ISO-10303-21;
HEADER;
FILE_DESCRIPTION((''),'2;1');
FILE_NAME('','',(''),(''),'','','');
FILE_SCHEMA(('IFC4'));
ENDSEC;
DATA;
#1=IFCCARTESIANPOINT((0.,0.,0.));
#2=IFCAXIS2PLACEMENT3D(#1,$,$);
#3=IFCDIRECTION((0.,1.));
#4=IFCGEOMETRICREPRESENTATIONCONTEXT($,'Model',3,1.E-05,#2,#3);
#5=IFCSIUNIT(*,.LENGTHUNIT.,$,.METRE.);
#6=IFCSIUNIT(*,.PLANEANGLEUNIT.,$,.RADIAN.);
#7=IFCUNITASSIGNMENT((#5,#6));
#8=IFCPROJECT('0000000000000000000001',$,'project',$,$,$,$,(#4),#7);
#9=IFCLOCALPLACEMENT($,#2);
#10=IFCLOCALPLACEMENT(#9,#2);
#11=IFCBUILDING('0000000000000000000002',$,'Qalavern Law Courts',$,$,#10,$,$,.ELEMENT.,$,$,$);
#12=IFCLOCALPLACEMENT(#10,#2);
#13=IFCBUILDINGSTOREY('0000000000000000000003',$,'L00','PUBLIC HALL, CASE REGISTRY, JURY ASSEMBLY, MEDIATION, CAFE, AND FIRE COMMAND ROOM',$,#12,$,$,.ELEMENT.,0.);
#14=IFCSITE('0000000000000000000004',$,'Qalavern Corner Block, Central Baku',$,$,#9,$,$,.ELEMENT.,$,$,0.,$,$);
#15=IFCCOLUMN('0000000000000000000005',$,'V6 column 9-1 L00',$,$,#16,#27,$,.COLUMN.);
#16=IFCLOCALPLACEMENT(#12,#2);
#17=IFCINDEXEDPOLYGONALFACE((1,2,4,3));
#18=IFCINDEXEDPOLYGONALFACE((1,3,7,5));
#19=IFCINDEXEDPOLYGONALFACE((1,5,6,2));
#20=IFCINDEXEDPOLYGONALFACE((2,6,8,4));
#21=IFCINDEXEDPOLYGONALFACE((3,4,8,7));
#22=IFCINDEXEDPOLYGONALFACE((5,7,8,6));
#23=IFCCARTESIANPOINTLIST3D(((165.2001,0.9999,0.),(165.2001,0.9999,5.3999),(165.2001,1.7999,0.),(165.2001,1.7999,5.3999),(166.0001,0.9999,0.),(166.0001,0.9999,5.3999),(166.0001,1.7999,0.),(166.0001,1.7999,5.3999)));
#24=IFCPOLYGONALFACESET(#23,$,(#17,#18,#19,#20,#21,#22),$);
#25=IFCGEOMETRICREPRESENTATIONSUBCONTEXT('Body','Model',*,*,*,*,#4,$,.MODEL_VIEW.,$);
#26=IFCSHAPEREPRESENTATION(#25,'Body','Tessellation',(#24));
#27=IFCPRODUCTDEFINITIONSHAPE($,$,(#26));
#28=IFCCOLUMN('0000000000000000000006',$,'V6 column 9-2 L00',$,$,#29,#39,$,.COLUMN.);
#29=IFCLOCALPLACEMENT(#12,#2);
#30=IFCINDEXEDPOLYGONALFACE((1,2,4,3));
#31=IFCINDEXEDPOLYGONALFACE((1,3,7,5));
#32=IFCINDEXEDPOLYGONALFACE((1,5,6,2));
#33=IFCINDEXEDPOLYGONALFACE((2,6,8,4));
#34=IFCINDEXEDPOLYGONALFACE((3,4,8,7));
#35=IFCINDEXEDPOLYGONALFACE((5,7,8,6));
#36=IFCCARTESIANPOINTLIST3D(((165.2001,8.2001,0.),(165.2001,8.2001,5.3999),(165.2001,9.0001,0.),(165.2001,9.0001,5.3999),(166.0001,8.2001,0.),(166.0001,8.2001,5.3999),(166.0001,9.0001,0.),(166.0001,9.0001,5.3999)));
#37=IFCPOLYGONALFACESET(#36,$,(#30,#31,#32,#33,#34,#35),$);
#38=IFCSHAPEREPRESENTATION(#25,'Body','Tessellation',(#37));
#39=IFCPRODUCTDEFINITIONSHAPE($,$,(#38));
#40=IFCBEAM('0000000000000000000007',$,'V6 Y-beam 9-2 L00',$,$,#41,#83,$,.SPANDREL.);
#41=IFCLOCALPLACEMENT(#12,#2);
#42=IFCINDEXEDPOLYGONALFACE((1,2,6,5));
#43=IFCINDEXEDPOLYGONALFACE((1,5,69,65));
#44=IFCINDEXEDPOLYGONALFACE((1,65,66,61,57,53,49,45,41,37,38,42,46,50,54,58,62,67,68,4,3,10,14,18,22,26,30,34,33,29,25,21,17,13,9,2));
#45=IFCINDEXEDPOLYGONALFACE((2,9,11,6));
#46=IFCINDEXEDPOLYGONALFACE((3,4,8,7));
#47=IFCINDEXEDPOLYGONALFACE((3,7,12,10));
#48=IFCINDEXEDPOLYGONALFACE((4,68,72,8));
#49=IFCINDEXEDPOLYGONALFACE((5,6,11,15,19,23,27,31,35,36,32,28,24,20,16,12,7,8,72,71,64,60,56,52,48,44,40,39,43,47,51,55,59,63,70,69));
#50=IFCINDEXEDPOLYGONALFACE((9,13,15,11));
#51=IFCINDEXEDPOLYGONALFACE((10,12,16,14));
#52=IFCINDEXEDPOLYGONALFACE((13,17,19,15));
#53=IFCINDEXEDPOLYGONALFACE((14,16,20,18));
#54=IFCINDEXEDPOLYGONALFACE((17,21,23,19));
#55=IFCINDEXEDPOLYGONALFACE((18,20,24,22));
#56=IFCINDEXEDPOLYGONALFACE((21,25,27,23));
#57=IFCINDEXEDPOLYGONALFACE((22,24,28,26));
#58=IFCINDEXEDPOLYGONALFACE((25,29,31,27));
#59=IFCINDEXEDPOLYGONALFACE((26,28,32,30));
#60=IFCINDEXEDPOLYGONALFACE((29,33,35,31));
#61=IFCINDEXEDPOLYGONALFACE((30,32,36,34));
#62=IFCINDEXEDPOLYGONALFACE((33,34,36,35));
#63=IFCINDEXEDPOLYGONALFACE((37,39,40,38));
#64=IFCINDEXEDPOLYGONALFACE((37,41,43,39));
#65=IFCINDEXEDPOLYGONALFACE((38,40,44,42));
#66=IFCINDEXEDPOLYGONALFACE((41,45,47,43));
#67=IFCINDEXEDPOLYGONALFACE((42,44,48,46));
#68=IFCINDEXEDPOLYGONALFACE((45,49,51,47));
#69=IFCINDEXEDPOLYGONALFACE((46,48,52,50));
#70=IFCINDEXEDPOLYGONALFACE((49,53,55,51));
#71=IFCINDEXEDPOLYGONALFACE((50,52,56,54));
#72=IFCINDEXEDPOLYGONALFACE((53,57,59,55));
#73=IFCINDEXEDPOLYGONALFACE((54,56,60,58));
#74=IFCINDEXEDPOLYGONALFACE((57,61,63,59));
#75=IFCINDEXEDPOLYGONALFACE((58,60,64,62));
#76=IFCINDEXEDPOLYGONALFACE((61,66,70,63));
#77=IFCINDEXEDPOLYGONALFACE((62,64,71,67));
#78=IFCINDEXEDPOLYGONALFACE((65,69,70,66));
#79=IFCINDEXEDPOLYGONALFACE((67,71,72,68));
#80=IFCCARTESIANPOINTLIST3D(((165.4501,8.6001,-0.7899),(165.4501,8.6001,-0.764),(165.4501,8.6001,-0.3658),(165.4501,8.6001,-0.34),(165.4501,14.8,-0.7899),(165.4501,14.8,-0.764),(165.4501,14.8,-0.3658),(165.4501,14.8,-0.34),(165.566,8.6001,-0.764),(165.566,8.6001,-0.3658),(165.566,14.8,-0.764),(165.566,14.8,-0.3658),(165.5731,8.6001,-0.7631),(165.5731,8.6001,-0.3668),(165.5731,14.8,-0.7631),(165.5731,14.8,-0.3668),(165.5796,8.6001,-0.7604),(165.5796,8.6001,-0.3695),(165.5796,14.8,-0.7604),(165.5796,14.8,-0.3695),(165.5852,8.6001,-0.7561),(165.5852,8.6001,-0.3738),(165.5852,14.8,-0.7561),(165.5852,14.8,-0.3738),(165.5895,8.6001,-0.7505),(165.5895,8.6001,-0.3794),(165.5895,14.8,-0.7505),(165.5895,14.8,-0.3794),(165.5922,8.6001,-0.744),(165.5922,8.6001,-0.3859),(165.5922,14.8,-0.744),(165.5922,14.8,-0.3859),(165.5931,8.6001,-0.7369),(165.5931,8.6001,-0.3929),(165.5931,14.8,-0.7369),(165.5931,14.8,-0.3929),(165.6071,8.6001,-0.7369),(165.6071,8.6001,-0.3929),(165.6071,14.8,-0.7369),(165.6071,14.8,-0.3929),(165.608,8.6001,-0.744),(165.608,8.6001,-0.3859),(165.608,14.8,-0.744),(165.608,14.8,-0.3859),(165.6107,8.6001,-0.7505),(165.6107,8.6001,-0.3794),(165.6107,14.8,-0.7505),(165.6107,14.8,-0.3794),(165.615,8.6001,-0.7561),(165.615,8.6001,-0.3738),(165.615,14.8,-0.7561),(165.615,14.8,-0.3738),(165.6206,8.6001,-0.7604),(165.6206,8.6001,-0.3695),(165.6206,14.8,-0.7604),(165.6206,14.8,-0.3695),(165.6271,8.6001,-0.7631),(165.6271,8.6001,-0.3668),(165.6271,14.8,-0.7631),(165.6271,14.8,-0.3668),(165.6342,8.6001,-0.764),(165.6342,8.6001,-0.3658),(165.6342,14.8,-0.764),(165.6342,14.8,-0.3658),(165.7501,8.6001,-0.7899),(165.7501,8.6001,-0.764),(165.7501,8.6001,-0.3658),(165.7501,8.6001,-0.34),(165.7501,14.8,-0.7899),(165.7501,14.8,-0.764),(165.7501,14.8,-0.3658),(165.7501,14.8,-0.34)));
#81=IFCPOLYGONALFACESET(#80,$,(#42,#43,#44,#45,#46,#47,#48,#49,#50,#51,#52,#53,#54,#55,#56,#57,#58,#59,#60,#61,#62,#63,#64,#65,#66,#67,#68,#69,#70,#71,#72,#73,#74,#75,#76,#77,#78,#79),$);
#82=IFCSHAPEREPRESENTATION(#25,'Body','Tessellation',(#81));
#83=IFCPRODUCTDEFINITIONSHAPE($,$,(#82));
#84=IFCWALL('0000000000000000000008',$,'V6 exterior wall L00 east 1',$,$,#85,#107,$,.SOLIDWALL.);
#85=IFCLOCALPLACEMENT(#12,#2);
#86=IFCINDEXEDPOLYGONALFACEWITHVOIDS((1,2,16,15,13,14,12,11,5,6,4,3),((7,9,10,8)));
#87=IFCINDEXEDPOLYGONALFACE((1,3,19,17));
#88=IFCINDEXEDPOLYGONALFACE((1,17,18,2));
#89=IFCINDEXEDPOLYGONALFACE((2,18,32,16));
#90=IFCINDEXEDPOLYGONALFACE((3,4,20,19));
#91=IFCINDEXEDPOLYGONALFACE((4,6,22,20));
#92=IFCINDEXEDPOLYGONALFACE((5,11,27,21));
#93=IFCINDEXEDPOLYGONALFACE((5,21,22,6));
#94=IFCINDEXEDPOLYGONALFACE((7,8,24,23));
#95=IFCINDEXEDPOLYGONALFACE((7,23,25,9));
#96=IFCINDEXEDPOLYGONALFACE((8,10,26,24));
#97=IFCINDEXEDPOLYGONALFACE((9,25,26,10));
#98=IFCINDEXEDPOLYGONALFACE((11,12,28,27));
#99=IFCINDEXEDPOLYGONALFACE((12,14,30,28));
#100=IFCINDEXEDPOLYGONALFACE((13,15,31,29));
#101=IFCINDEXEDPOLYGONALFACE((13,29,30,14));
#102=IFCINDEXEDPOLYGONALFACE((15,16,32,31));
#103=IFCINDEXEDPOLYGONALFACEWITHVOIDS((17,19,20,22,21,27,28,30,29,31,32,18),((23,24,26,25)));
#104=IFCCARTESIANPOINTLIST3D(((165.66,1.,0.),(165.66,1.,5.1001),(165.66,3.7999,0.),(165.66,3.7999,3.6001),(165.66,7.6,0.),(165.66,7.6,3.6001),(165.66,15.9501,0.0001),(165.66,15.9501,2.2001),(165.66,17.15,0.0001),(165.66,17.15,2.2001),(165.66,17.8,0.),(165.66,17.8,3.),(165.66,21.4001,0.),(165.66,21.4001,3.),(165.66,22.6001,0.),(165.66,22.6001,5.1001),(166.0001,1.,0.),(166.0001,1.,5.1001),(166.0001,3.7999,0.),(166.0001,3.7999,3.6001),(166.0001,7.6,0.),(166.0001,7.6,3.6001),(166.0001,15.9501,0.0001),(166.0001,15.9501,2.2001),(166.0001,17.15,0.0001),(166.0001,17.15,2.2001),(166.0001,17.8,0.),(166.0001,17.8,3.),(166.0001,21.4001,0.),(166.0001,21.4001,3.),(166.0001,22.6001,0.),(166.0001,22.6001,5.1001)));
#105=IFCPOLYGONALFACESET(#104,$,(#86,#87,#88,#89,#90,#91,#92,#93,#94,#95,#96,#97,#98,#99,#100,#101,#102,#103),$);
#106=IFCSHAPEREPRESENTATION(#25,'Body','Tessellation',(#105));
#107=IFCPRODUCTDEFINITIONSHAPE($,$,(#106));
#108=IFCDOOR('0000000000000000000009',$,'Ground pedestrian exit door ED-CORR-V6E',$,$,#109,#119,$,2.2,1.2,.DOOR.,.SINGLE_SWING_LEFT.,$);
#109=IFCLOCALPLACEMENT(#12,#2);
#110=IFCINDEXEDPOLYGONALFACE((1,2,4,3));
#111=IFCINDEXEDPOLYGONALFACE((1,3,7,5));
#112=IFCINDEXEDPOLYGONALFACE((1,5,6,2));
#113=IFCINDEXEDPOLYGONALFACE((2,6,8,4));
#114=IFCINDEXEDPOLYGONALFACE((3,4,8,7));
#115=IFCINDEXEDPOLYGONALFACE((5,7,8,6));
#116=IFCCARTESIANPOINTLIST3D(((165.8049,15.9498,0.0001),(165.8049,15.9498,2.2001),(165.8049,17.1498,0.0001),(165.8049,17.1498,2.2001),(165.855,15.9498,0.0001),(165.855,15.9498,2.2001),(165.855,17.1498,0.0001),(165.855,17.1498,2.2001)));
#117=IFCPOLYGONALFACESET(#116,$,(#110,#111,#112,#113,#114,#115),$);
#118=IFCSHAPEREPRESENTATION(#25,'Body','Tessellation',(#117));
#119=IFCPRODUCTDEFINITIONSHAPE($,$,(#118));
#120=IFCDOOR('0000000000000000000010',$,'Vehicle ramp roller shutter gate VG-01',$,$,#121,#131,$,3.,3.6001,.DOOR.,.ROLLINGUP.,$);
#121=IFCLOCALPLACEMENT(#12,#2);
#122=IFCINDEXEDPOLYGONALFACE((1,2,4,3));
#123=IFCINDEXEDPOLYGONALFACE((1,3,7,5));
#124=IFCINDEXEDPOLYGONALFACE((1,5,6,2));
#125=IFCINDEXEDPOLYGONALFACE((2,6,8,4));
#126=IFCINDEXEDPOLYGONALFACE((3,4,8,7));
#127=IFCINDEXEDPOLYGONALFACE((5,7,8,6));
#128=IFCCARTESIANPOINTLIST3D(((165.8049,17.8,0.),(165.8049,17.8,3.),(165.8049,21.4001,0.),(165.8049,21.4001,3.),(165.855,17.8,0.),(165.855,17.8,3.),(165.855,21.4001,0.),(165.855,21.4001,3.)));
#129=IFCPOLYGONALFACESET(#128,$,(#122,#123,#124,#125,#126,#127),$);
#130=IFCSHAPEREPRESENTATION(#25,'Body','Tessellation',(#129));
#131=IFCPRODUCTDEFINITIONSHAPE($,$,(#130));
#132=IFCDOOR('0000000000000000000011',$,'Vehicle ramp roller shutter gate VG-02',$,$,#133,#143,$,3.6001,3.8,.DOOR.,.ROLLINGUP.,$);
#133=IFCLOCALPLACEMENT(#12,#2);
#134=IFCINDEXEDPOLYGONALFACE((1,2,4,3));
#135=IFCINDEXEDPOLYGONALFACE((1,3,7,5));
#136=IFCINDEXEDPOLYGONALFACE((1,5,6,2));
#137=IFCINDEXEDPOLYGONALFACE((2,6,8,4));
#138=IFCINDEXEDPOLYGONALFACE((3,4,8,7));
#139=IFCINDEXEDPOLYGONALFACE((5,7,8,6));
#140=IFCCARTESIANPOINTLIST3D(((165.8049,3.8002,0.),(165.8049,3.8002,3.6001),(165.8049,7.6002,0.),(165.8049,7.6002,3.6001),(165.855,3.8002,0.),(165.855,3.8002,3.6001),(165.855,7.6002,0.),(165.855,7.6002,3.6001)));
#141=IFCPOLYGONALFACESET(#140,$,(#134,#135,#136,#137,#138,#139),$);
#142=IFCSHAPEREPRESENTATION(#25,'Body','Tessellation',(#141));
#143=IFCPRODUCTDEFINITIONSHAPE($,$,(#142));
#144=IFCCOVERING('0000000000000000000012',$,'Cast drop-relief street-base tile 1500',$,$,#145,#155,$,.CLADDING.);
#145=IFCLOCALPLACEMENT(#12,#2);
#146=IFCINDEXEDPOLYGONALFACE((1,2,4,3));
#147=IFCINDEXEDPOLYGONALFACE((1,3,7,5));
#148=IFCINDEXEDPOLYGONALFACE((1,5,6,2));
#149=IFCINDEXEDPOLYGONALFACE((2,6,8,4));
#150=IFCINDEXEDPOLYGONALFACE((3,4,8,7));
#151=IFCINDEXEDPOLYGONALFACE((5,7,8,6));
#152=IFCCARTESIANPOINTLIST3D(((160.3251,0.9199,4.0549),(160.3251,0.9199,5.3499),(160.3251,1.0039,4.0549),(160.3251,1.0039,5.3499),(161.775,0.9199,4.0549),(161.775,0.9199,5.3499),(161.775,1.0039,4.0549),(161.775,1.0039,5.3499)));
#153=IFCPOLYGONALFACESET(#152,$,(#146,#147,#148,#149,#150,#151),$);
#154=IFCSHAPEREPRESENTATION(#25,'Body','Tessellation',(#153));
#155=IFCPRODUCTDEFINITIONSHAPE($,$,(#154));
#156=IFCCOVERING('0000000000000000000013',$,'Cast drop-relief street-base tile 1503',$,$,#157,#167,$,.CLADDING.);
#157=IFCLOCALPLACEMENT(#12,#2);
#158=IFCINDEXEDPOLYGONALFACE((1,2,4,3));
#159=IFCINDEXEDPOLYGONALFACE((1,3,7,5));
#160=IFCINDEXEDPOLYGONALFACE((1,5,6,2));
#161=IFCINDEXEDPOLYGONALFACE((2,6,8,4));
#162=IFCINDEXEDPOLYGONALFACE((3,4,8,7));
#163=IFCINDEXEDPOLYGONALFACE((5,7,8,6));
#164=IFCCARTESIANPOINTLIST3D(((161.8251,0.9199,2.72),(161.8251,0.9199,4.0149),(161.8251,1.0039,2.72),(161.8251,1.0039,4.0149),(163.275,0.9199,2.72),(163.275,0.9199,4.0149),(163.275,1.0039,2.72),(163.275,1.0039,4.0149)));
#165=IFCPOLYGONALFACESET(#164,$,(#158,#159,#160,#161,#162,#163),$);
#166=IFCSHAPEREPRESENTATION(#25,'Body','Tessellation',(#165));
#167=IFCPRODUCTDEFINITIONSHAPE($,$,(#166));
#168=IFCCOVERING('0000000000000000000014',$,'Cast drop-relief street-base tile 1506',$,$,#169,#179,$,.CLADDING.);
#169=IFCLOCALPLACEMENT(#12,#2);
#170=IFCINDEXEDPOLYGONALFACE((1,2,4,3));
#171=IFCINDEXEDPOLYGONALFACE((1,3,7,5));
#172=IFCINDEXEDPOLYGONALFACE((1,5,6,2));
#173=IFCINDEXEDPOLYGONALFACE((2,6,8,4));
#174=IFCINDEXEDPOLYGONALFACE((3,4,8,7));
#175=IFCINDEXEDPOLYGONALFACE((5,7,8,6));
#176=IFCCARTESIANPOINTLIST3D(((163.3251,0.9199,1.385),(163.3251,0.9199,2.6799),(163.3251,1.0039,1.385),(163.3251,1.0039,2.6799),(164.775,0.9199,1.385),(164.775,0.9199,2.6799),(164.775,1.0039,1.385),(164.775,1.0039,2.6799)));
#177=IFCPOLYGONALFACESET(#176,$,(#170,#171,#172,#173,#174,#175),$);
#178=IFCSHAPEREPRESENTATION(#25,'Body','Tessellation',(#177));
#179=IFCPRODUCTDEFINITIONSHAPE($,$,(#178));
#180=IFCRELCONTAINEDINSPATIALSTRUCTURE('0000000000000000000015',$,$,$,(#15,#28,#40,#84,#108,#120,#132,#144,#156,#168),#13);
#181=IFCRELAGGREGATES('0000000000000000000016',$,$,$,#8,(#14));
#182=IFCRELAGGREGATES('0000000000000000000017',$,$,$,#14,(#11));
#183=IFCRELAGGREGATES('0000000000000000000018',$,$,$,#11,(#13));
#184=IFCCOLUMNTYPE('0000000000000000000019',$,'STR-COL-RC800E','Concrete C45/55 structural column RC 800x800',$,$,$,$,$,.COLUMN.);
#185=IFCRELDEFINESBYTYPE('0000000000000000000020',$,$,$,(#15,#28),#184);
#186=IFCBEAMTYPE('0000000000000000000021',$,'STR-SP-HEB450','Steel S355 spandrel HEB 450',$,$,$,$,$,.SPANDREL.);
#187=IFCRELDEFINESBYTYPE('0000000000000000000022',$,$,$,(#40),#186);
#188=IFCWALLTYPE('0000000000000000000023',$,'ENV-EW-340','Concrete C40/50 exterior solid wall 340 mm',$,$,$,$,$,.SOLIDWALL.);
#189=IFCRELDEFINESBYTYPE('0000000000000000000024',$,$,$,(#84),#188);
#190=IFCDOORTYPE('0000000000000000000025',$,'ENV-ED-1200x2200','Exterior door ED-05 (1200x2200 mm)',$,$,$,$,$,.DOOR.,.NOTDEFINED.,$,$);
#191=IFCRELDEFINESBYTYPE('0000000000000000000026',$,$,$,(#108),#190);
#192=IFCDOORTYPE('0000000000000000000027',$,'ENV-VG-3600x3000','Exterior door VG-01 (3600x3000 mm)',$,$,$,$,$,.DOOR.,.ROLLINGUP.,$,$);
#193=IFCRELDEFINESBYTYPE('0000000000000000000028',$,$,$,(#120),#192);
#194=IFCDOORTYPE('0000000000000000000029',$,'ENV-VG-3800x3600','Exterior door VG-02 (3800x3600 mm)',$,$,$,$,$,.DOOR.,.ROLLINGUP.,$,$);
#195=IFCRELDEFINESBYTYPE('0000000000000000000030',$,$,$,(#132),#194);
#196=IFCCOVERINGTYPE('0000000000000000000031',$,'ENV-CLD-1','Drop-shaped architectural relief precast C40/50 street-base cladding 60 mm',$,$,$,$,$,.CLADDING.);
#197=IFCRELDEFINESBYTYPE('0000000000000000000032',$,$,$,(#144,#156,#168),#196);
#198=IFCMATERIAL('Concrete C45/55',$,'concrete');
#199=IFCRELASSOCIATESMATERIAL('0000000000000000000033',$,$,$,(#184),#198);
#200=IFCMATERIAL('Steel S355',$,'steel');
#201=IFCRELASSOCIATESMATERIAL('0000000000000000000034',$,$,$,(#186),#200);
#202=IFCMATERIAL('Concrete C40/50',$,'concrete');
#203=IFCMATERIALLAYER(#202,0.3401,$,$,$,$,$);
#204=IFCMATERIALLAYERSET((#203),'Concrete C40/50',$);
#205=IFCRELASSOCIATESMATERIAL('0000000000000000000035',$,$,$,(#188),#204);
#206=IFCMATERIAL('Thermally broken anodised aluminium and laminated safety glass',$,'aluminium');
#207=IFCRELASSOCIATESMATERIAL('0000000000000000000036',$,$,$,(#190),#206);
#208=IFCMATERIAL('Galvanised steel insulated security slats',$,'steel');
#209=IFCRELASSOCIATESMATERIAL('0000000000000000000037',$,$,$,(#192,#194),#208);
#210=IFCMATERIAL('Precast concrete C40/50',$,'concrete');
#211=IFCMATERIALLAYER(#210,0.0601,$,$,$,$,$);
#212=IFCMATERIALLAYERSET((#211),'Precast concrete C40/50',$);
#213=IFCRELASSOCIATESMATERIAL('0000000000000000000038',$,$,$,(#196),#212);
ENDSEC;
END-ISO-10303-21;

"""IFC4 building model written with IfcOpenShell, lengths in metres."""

from ifc_helpers import new_model, si_unit, direction, frame, frame_2d, origin, origin_2d, place, context, subcontext, project, spatial, rectangle, i_section, extrude, material, layer, layer_set, material_profile, profile_set, type_object, element, fill, save


model = new_model("IFC4")

# Units and contexts
model_context = context("Model", 3, precision=1e-05, world=origin(), true_north=direction((0.0, 1.0)))
body_context = subcontext(model_context, "Body", "Model", "MODEL_VIEW")
ifc_project = project(units=[si_unit("LENGTHUNIT", "METRE"), si_unit("PLANEANGLEUNIT", "RADIAN")], contexts=[model_context])

# Site, building, storey
site_placement = place(None, origin())
site = spatial("IfcSite", under=ifc_project, at=site_placement, Name="Qalavern Corner Block, Central Baku", CompositionType="ELEMENT", RefElevation=0.0)
building_placement = place(site_placement, origin())
building = spatial("IfcBuilding", under=site, at=building_placement, Name="Qalavern Law Courts", CompositionType="ELEMENT")
storey_placement = place(building_placement, origin())
storey = spatial("IfcBuildingStorey", under=building, at=storey_placement, Name="L00", Description="PUBLIC HALL, CASE REGISTRY, JURY ASSEMBLY, MEDIATION, CAFE, AND FIRE COMMAND ROOM", CompositionType="ELEMENT", Elevation=0.0)

# Columns
ifc_material_1 = material(Name="Concrete C45/55", Category="concrete")
ifc_material_profile_1 = material_profile(ifc_material_1, rectangle(XDim=0.8, YDim=0.8, at=origin_2d()), Name="RC 800x800")
ifc_profile_set_1 = profile_set([ifc_material_profile_1], Name="Concrete C45/55")
column_type = type_object("IfcColumnType", Name="STR-COL-RC800E", Description="Concrete C45/55 structural column RC 800x800", PredefinedType="COLUMN", material=ifc_profile_set_1)
for number, where, z_axis, x_axis, name in (
    (1, (165.6001, 1.3999, 0.0), (0.0, 0.0, 1.0), (1.0, 0.0, 0.0), "V6 column 9-1 L00"),
    (2, (165.6001, 8.6001, 0.0), (0.0, 0.0, 1.0), (1.0, 0.0, 0.0), "V6 column 9-2 L00"),
):
    element("IfcColumn", number, at=place(storey_placement, frame(where, z_axis=z_axis, x_axis=x_axis)), inside=storey, type_object=column_type, Name=name, PredefinedType="COLUMN", context=body_context, shape_type="SweptSolid", body=[
        extrude(rectangle(XDim=0.8, YDim=0.8, at=origin_2d()), origin(), (0.0, 0.0, 1.0), 5.3999),
    ])

# Beam
ifc_material_2 = material(Name="Steel S355", Category="steel")
ifc_material_profile_2 = material_profile(ifc_material_2, i_section(OverallWidth=0.3, OverallDepth=0.45, WebThickness=0.0139, FlangeThickness=0.0259, FilletRadius=0.0271, at=origin_2d()), Name="HEB 450")
ifc_profile_set_2 = profile_set([ifc_material_profile_2], Name="Steel S355")
beam_type = type_object("IfcBeamType", Name="STR-SP-HEB450", Description="Steel S355 spandrel HEB 450", PredefinedType="SPANDREL", material=ifc_profile_set_2)
beam_placement = place(storey_placement, frame((165.6001, 8.6001, -0.5649), z_axis=(0.0, 1.0, 0.0), x_axis=(-1.0, 0.0, 0.0)))
element("IfcBeam", 3, at=beam_placement, inside=storey, type_object=beam_type, Name="V6 Y-beam 9-2 L00", PredefinedType="SPANDREL", context=body_context, shape_type="SweptSolid", body=[
    extrude(i_section(OverallWidth=0.3, OverallDepth=0.45, WebThickness=0.0139, FlangeThickness=0.0259, FilletRadius=0.0271, at=origin_2d()), origin(), (0.0, 0.0, 1.0), 6.2),
])

# Wall, openings, doors
ifc_material_3 = material(Name="Concrete C40/50", Category="concrete")
ifc_layer_1 = layer(ifc_material_3, 0.3401)
ifc_layer_set_1 = layer_set([ifc_layer_1], Name="Concrete C40/50")
wall_type = type_object("IfcWallType", Name="ENV-EW-340", Description="Concrete C40/50 exterior solid wall 340 mm", PredefinedType="SOLIDWALL", material=ifc_layer_set_1)
wall_placement = place(storey_placement, frame((165.8301, 1.0, 0.0), z_axis=(0.0, 0.0, 1.0), x_axis=(0.0, 1.0, 0.0)))
wall = element("IfcWall", 4, at=wall_placement, inside=storey, type_object=wall_type, Name="V6 exterior wall L00 east 1", PredefinedType="SOLIDWALL", context=body_context, shape_type="SweptSolid", body=[
    extrude(rectangle(XDim=21.6001, YDim=0.3401, at=frame_2d((10.8, 0.0))), origin(), (0.0, 0.0, 1.0), 5.1001),
])
opening_1_placement = place(wall_placement, frame((16.8, 0.0, 0.0)))
opening_1 = element("IfcOpeningElement", 5, at=opening_1_placement, cuts=wall, PredefinedType="OPENING", context=body_context, shape_type="SweptSolid", body=[
    extrude(rectangle(XDim=3.6001, YDim=3.0, at=frame_2d((1.8, 1.5))), frame((0.0, 0.1851, 0.0), z_axis=(0.0, -1.0, 0.0), x_axis=(1.0, 0.0, 0.0)), (0.0, 0.0, 1.0), 0.3699),
])
opening_2_placement = place(wall_placement, frame((2.8, 0.0, 0.0)))
opening_2 = element("IfcOpeningElement", 6, at=opening_2_placement, cuts=wall, PredefinedType="OPENING", context=body_context, shape_type="SweptSolid", body=[
    extrude(rectangle(XDim=3.8, YDim=3.6001, at=frame_2d((1.8999, 1.8))), frame((0.0, 0.1851, 0.0), z_axis=(0.0, -1.0, 0.0), x_axis=(1.0, 0.0, 0.0)), (0.0, 0.0, 1.0), 0.3699),
])
opening_3_placement = place(wall_placement, frame((14.95, 0.0, 0.0)))
opening_3 = element("IfcOpeningElement", 7, at=opening_3_placement, cuts=wall, PredefinedType="OPENING", context=body_context, shape_type="SweptSolid", body=[
    extrude(rectangle(XDim=1.2, YDim=2.2, at=frame_2d((0.6001, 1.1001))), frame((0.0, 0.1851, 0.0), z_axis=(0.0, -1.0, 0.0), x_axis=(1.0, 0.0, 0.0)), (0.0, 0.0, 1.0), 0.3699),
])
ifc_material_4 = material(Name="Thermally broken anodised aluminium and laminated safety glass", Category="aluminium")
door_type_1 = type_object("IfcDoorType", Name="ENV-ED-1200x2200", Description="Exterior door ED-05 (1200x2200 mm)", OperationType="NOTDEFINED", PredefinedType="DOOR", material=ifc_material_4)
door_1_placement = place(opening_3_placement, frame((1.2, 0.0, 0.0), z_axis=(0.0, 0.0, 1.0), x_axis=(-1.0, 0.0, 0.0)))
door_1 = element("IfcDoor", 8, at=door_1_placement, inside=storey, type_object=door_type_1, Name="Ground pedestrian exit door ED-CORR-V6E", OperationType="SINGLE_SWING_LEFT", OverallHeight=2.2, OverallWidth=1.2, PredefinedType="DOOR", context=body_context, shape_type="SweptSolid", body=[
    extrude(rectangle(XDim=1.2, YDim=2.2, at=frame_2d((0.6001, 1.1001))), frame((0.0, 0.0249, 0.0), z_axis=(0.0, -1.0, 0.0), x_axis=(1.0, 0.0, 0.0)), (0.0, 0.0, 1.0), 0.05),
])
fill(opening_3, door_1)
ifc_material_5 = material(Name="Galvanised steel insulated security slats", Category="steel")
door_type_2 = type_object("IfcDoorType", Name="ENV-VG-3600x3000", Description="Exterior door VG-01 (3600x3000 mm)", OperationType="ROLLINGUP", PredefinedType="DOOR", material=ifc_material_5)
door_2_placement = place(opening_1_placement, frame((3.6001, 0.0, 0.0), z_axis=(0.0, 0.0, 1.0), x_axis=(-1.0, 0.0, 0.0)))
door_2 = element("IfcDoor", 9, at=door_2_placement, inside=storey, type_object=door_type_2, Name="Vehicle ramp roller shutter gate VG-01", OperationType="ROLLINGUP", OverallHeight=3.0, OverallWidth=3.6001, PredefinedType="DOOR", context=body_context, shape_type="SweptSolid", body=[
    extrude(rectangle(XDim=3.6001, YDim=3.0, at=frame_2d((1.8, 1.5))), frame((0.0, 0.0249, 0.0), z_axis=(0.0, -1.0, 0.0), x_axis=(1.0, 0.0, 0.0)), (0.0, 0.0, 1.0), 0.05),
])
fill(opening_1, door_2)
door_type_3 = type_object("IfcDoorType", Name="ENV-VG-3800x3600", Description="Exterior door VG-02 (3800x3600 mm)", OperationType="ROLLINGUP", PredefinedType="DOOR", material=ifc_material_5)
door_3_placement = place(opening_2_placement, frame((3.8, 0.0, 0.0), z_axis=(0.0, 0.0, 1.0), x_axis=(-1.0, 0.0, 0.0)))
door_3 = element("IfcDoor", 10, at=door_3_placement, inside=storey, type_object=door_type_3, Name="Vehicle ramp roller shutter gate VG-02", OperationType="ROLLINGUP", OverallHeight=3.6001, OverallWidth=3.8, PredefinedType="DOOR", context=body_context, shape_type="SweptSolid", body=[
    extrude(rectangle(XDim=3.8, YDim=3.6001, at=frame_2d((1.8999, 1.8))), frame((0.0, 0.0249, 0.0), z_axis=(0.0, -1.0, 0.0), x_axis=(1.0, 0.0, 0.0)), (0.0, 0.0, 1.0), 0.05),
])
fill(opening_2, door_3)

# Coverings
ifc_material_6 = material(Name="Precast concrete C40/50", Category="concrete")
ifc_layer_2 = layer(ifc_material_6, 0.0601)
ifc_layer_set_2 = layer_set([ifc_layer_2], Name="Precast concrete C40/50")
covering_type_1 = type_object("IfcCoveringType", Name="ENV-CLD-1", Description="Drop-shaped architectural relief precast C40/50 street-base cladding 60 mm", PredefinedType="CLADDING", material=ifc_layer_set_2)
for number, where, z_axis, x_axis, name in (
    (11, (161.05, 0.9619, 4.0549), (0.0, 0.0, 1.0), (1.0, 0.0, 0.0), "Cast drop-relief street-base tile 1500"),
    (12, (162.55, 0.9619, 2.72), (0.0, 0.0, 1.0), (1.0, 0.0, 0.0), "Cast drop-relief street-base tile 1503"),
    (13, (164.05, 0.9619, 1.385), (0.0, 0.0, 1.0), (1.0, 0.0, 0.0), "Cast drop-relief street-base tile 1506"),
):
    element("IfcCovering", number, at=place(storey_placement, frame(where, z_axis=z_axis, x_axis=x_axis)), inside=storey, type_object=covering_type_1, Name=name, PredefinedType="CLADDING", context=body_context, shape_type="SweptSolid", body=[
        extrude(rectangle(XDim=1.45, YDim=0.084, at=origin_2d()), origin(), (0.0, 0.0, 1.0), 1.2949),
    ])

save(model, "model.ifc")
